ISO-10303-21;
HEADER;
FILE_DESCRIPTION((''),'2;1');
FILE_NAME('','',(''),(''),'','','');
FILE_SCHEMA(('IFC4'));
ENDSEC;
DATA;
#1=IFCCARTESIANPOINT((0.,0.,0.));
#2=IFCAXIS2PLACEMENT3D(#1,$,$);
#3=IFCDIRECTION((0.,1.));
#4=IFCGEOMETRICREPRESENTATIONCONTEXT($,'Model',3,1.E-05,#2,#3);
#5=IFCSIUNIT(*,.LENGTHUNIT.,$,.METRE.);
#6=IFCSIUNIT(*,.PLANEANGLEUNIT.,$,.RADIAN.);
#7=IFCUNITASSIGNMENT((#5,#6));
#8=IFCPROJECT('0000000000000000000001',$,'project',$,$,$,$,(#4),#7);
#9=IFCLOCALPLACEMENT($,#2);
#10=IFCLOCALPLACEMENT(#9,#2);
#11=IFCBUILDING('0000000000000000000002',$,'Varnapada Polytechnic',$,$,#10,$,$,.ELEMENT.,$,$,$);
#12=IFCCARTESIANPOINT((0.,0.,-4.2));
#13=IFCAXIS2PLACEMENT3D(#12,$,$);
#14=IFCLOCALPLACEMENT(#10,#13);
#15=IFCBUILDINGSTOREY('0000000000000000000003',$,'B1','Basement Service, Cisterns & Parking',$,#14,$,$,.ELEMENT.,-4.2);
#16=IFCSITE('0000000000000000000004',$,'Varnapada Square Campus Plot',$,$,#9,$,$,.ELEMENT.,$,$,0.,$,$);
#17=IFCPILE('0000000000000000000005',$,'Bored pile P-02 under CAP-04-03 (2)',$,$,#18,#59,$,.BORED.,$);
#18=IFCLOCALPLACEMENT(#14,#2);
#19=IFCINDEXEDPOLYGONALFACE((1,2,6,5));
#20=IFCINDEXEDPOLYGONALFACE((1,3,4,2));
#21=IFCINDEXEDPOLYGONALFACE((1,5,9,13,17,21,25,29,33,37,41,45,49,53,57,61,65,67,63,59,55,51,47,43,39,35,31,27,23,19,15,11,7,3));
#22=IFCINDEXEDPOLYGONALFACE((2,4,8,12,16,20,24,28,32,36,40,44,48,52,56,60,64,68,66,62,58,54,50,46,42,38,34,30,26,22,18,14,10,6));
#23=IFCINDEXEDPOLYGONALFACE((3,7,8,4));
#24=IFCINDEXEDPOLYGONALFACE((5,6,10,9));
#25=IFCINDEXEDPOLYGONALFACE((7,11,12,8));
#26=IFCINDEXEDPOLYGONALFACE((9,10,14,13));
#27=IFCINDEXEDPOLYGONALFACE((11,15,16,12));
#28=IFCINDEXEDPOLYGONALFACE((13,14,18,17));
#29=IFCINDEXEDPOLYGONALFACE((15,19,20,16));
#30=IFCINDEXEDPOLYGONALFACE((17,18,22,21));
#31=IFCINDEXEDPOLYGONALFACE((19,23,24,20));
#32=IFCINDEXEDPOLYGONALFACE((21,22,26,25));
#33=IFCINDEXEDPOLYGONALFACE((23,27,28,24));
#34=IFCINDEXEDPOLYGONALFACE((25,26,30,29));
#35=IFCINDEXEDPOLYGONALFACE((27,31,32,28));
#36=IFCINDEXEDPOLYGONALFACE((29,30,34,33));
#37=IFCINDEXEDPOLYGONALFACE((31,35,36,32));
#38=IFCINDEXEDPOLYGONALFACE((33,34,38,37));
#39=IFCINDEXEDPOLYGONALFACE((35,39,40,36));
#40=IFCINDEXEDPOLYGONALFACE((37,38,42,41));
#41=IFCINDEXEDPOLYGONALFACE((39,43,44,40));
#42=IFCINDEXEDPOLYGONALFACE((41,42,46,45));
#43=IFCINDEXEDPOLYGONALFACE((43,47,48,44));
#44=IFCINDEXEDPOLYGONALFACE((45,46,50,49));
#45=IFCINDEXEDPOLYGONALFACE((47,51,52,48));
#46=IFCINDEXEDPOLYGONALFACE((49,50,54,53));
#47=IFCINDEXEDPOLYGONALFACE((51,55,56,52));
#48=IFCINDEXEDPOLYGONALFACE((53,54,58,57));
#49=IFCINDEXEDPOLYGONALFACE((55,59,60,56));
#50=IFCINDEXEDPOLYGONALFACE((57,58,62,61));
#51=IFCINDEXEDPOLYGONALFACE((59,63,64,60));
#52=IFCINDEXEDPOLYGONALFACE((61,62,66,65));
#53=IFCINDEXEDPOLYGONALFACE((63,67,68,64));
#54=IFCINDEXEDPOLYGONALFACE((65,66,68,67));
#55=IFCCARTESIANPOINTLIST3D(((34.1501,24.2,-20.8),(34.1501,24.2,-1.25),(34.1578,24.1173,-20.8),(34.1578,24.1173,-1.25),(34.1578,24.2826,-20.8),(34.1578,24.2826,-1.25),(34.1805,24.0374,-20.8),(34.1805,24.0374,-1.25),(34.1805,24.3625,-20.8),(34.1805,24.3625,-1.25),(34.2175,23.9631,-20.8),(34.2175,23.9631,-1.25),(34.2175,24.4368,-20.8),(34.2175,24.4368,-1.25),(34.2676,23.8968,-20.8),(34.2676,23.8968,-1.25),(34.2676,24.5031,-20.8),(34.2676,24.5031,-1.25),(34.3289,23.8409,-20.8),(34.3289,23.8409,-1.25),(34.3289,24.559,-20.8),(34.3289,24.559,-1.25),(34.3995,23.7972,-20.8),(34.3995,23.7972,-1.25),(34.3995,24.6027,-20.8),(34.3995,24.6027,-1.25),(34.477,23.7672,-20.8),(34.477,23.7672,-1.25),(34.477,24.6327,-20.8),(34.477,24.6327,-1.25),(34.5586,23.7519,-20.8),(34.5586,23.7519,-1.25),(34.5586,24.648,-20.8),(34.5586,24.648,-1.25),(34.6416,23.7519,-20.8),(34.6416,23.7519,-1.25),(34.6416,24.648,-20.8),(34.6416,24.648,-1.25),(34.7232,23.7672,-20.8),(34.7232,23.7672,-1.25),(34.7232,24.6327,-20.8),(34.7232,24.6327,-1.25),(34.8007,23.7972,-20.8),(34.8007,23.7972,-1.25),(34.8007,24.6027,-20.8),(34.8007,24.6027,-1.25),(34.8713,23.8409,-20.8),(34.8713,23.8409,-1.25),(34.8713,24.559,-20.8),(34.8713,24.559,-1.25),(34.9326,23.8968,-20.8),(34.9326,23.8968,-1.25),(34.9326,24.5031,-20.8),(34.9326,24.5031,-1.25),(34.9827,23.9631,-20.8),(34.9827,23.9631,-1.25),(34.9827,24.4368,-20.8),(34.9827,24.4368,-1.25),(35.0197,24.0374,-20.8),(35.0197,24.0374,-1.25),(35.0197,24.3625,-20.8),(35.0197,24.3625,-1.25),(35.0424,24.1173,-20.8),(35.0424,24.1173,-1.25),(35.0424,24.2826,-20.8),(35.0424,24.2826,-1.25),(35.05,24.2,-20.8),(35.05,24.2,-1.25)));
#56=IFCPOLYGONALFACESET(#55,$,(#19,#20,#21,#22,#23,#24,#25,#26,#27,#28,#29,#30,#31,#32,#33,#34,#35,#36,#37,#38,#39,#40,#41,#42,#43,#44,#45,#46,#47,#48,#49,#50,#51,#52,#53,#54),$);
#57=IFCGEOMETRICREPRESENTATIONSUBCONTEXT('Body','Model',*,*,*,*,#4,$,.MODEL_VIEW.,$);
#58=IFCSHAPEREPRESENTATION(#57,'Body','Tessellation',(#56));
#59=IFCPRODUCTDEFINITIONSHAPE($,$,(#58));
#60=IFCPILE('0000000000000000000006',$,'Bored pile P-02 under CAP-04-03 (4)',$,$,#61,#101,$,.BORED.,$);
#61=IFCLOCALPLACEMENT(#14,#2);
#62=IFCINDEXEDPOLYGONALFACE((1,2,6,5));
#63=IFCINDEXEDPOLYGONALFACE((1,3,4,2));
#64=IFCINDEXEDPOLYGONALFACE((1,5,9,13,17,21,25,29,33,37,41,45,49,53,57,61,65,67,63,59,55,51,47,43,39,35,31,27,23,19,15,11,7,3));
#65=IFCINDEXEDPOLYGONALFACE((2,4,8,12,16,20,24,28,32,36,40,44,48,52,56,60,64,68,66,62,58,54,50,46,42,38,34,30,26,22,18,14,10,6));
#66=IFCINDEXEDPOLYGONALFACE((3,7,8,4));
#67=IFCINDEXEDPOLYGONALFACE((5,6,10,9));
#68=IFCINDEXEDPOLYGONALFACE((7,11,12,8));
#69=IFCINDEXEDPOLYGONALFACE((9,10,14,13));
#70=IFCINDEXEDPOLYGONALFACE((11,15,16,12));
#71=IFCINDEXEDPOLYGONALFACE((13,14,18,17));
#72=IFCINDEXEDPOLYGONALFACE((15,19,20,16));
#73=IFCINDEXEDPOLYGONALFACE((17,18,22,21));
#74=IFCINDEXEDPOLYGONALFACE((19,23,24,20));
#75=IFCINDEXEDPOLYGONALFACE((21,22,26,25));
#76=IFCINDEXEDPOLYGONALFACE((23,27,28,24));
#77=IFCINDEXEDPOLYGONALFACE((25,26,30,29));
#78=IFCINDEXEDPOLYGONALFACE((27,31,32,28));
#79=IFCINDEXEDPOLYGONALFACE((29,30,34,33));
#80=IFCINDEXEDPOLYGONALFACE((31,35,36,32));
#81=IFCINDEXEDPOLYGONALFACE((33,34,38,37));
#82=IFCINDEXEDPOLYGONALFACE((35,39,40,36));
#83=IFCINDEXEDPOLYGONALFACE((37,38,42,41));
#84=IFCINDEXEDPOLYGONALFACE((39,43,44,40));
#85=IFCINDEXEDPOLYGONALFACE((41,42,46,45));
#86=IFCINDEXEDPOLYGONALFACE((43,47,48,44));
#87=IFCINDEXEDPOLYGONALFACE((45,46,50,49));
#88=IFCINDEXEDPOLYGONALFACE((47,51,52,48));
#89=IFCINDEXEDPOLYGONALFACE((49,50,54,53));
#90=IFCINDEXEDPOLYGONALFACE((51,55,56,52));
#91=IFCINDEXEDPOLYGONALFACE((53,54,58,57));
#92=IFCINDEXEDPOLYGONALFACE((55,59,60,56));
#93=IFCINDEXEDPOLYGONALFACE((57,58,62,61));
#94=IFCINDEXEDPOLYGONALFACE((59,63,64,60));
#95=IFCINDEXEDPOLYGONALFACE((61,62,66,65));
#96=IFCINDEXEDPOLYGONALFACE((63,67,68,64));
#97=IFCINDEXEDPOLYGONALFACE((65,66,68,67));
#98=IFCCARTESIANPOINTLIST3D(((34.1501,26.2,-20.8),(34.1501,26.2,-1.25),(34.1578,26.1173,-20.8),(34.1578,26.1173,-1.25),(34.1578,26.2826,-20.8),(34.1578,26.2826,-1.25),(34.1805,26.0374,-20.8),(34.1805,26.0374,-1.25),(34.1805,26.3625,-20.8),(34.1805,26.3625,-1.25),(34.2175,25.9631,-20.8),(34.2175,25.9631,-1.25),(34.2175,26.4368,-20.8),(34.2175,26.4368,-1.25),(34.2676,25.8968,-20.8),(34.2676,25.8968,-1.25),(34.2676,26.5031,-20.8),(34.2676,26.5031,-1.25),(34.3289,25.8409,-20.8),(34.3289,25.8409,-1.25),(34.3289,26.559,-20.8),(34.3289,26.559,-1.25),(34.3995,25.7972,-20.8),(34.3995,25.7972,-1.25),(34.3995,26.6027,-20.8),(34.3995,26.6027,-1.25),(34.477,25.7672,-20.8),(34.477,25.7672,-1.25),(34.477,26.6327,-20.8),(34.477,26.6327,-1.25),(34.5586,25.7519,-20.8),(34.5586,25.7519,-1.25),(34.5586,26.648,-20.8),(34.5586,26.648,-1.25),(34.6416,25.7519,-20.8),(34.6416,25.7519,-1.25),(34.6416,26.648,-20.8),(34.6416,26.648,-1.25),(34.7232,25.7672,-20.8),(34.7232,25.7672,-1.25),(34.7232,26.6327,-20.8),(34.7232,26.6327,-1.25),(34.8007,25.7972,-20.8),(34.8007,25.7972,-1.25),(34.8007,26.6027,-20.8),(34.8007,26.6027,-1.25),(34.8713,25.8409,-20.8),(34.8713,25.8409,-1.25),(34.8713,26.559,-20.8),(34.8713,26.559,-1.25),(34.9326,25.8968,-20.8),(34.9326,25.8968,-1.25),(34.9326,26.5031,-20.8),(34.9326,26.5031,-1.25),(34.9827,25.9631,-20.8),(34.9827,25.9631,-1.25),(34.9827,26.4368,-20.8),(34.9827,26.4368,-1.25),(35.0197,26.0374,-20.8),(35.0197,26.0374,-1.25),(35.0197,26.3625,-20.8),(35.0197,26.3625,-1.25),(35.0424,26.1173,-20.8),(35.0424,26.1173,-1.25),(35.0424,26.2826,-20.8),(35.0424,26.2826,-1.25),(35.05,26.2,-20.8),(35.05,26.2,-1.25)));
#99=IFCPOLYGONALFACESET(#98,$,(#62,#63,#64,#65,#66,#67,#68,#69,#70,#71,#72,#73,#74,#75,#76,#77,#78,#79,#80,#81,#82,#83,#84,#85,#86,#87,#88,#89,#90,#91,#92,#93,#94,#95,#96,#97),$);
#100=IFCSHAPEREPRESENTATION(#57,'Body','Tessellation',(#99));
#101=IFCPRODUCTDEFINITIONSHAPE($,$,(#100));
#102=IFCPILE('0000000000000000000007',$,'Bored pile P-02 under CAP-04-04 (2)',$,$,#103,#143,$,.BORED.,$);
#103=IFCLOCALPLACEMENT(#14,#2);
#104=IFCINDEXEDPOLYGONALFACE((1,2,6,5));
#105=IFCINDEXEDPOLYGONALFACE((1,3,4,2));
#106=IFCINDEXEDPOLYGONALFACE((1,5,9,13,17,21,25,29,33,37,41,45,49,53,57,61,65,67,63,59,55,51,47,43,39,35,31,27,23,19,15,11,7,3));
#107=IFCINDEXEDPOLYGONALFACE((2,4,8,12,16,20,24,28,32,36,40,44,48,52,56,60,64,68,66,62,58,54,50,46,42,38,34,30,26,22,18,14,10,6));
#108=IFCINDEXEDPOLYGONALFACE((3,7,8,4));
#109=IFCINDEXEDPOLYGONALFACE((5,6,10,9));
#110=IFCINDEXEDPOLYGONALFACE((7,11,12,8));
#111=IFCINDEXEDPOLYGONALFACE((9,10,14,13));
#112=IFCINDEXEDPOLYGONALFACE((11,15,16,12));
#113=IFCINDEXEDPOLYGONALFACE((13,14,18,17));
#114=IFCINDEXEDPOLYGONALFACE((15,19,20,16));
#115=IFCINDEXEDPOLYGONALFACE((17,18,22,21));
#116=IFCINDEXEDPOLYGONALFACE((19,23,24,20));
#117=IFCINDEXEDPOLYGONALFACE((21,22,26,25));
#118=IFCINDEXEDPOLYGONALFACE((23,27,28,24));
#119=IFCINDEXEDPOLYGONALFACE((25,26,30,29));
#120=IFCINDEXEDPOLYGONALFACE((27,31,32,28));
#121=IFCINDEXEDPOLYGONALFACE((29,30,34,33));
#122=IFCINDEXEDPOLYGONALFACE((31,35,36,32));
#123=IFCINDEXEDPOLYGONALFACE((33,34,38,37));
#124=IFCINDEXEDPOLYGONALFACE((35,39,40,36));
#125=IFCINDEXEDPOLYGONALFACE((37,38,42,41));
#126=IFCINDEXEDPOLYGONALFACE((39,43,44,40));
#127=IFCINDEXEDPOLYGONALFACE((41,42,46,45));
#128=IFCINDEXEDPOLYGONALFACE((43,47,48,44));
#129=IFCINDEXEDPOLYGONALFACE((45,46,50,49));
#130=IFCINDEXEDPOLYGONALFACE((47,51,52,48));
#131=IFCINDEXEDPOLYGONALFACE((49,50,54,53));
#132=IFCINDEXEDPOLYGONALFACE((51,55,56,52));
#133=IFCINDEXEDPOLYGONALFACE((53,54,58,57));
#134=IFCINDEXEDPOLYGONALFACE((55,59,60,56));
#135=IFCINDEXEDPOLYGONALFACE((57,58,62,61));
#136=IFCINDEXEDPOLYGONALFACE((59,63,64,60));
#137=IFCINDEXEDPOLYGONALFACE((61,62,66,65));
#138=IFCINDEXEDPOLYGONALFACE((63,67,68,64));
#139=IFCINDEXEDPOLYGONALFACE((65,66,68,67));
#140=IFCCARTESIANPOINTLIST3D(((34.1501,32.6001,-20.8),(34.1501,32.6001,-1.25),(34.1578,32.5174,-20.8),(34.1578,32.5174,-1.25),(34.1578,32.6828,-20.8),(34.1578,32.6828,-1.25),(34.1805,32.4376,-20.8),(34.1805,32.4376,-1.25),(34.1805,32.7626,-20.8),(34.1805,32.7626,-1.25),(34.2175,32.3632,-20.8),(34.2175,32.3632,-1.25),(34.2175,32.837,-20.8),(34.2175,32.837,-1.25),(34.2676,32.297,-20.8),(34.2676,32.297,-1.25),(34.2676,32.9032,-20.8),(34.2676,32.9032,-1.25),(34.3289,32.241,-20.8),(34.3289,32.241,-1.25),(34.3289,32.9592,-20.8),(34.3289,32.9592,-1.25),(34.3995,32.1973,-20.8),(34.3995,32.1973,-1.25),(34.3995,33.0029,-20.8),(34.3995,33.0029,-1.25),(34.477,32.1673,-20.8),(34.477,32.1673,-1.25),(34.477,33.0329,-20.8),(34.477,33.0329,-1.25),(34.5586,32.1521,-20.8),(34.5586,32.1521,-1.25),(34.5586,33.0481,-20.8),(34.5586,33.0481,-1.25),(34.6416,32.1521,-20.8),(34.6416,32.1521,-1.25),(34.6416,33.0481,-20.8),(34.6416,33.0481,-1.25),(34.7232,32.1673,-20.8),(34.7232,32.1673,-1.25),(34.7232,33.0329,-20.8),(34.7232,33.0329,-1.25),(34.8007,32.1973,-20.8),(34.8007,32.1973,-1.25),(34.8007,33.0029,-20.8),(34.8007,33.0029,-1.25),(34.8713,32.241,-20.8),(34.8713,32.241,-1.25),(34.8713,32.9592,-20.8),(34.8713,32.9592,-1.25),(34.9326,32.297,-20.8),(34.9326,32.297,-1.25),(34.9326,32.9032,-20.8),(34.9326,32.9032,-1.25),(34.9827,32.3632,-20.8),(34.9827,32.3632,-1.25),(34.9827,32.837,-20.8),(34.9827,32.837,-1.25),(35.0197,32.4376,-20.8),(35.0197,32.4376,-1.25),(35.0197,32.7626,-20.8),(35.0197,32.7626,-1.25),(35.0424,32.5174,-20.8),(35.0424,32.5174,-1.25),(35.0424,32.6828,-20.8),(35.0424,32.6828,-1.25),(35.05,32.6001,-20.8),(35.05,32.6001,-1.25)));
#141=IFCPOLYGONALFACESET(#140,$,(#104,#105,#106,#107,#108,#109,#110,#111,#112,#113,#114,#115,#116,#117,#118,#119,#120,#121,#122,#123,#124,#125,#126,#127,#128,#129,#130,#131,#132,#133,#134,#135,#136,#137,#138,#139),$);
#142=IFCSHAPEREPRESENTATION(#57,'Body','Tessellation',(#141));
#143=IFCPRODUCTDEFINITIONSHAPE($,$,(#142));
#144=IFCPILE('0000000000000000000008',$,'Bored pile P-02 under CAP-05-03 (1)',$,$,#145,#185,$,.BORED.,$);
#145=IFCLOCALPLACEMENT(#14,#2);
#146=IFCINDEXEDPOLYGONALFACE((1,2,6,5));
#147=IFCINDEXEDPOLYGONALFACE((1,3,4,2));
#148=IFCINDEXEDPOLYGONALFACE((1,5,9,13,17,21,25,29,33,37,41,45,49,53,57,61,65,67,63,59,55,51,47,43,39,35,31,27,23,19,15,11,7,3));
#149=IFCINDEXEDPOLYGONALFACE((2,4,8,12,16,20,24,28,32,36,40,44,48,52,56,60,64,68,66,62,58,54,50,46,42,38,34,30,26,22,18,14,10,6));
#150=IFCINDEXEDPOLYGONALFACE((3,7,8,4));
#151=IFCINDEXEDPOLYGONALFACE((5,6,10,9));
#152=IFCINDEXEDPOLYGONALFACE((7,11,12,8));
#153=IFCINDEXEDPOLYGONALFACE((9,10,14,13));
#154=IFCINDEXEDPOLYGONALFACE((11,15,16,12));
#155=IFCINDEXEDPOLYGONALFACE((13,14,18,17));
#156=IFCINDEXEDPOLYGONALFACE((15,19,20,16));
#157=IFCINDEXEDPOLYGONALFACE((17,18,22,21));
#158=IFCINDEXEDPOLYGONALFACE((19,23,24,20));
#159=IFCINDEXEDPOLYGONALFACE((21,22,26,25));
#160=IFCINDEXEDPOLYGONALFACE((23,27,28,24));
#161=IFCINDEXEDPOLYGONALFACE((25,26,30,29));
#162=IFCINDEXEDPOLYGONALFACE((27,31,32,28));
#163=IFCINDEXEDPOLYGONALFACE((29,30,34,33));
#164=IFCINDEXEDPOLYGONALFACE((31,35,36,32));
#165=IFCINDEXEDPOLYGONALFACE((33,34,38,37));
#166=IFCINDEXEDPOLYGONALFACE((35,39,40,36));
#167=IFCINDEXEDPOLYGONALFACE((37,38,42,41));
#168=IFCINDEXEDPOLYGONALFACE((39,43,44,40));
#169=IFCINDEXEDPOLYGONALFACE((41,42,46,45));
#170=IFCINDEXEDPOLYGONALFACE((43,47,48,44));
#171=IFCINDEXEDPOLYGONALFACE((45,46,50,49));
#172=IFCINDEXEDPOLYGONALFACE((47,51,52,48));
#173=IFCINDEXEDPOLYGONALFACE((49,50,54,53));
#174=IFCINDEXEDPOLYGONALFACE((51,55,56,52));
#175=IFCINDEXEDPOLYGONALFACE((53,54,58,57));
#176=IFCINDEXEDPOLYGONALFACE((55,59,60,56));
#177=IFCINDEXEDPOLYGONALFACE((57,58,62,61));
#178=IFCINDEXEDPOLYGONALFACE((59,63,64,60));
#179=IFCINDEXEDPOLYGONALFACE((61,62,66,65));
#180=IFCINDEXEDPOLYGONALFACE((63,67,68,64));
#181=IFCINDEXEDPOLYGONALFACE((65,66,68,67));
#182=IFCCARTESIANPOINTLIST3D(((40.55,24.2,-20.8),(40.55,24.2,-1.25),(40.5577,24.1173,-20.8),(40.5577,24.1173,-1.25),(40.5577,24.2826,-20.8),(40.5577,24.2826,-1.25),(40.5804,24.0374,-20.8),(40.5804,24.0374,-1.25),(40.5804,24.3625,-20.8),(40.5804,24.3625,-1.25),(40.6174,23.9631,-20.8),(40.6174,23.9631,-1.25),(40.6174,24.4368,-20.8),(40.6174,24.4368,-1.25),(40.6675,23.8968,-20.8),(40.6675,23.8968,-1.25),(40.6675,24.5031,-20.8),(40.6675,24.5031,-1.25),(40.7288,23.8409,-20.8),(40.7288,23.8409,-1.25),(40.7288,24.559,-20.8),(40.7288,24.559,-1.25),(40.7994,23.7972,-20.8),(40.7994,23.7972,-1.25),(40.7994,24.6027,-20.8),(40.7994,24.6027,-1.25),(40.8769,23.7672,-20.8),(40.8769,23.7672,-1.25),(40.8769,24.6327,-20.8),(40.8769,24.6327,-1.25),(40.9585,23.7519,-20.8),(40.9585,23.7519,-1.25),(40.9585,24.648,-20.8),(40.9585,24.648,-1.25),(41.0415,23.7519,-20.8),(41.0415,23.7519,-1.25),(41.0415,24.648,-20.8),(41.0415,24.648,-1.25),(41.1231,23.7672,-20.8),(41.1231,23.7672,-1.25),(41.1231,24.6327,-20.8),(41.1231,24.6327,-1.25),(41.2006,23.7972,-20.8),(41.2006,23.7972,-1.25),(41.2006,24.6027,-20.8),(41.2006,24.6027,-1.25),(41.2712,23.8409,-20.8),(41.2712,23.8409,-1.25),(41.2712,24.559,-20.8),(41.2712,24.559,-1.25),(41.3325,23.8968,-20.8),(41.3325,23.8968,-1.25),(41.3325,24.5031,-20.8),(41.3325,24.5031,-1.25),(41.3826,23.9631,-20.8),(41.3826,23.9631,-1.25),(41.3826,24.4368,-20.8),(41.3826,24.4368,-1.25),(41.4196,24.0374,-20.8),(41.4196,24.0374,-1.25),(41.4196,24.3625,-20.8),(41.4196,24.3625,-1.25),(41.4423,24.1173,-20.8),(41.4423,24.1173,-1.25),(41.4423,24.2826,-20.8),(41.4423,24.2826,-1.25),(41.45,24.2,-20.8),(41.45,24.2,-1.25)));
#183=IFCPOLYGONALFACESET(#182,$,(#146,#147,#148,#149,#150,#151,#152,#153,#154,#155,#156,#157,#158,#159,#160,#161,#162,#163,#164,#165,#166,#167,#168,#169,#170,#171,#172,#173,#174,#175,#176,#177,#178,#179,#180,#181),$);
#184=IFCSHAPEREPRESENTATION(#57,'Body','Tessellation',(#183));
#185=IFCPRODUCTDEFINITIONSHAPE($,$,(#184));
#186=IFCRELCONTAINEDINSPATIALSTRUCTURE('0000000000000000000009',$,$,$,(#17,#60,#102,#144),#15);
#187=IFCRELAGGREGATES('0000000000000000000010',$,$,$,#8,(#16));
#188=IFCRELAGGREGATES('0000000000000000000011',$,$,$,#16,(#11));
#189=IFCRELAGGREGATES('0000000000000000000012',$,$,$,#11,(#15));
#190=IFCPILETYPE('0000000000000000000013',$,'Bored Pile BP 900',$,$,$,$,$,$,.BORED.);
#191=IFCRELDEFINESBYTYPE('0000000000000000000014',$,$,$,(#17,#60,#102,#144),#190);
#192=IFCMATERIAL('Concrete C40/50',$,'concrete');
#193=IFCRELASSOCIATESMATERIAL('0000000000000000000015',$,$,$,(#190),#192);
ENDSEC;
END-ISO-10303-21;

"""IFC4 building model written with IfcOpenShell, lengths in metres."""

from ifc_helpers import new_model, si_unit, direction, frame, origin, origin_2d, place, context, subcontext, project, spatial, circle, extrude, material, material_profile, profile_set, type_object, element, save


model = new_model("IFC4")

# Units and contexts
model_context = context("Model", 3, precision=1e-05, world=origin(), true_north=direction((0.0, 1.0)))
body_context = subcontext(model_context, "Body", "Model", "MODEL_VIEW")
ifc_project = project(units=[si_unit("LENGTHUNIT", "METRE"), si_unit("PLANEANGLEUNIT", "RADIAN")], contexts=[model_context])

# Site, building, storey
site_placement = place(None, origin())
site = spatial("IfcSite", under=ifc_project, at=site_placement, Name="Varnapada Square Campus Plot", CompositionType="ELEMENT", RefElevation=0.0)
building_placement = place(site_placement, origin())
building = spatial("IfcBuilding", under=site, at=building_placement, Name="Varnapada Polytechnic", CompositionType="ELEMENT")
storey_placement = place(building_placement, frame((0.0, 0.0, -4.2)))
storey = spatial("IfcBuildingStorey", under=building, at=storey_placement, Name="B1", Description="Basement Service, Cisterns & Parking", CompositionType="ELEMENT", Elevation=-4.2)

# Piles
ifc_material_1 = material(Name="Concrete C40/50", Category="concrete")
ifc_material_profile_1 = material_profile(ifc_material_1, circle(Radius=0.45, at=origin_2d()), Name="BP 900")
ifc_profile_set_1 = profile_set([ifc_material_profile_1], Name="Concrete C40/50")
pile_type_1 = type_object("IfcPileType", Name="Bored Pile BP 900", PredefinedType="BORED", material=ifc_profile_set_1)
for number, where, z_axis, x_axis, name in (
    (1, (34.6001, 24.2, -1.25), (0.0, 0.0, -1.0), (1.0, 0.0, 0.0), "Bored pile P-02 under CAP-04-03 (2)"),
    (2, (34.6001, 26.2, -1.25), (0.0, 0.0, -1.0), (1.0, 0.0, 0.0), "Bored pile P-02 under CAP-04-03 (4)"),
    (3, (34.6001, 32.6001, -1.25), (0.0, 0.0, -1.0), (1.0, 0.0, 0.0), "Bored pile P-02 under CAP-04-04 (2)"),
    (4, (41.0, 24.2, -1.25), (0.0, 0.0, -1.0), (1.0, 0.0, 0.0), "Bored pile P-02 under CAP-05-03 (1)"),
):
    element("IfcPile", number, at=place(storey_placement, frame(where, z_axis=z_axis, x_axis=x_axis)), inside=storey, type_object=pile_type_1, Name=name, PredefinedType="BORED", context=body_context, shape_type="SweptSolid", body=[
        extrude(circle(Radius=0.45, at=origin_2d()), origin(), (0.0, 0.0, 1.0), 19.55),
    ])

save(model, "model.ifc")
